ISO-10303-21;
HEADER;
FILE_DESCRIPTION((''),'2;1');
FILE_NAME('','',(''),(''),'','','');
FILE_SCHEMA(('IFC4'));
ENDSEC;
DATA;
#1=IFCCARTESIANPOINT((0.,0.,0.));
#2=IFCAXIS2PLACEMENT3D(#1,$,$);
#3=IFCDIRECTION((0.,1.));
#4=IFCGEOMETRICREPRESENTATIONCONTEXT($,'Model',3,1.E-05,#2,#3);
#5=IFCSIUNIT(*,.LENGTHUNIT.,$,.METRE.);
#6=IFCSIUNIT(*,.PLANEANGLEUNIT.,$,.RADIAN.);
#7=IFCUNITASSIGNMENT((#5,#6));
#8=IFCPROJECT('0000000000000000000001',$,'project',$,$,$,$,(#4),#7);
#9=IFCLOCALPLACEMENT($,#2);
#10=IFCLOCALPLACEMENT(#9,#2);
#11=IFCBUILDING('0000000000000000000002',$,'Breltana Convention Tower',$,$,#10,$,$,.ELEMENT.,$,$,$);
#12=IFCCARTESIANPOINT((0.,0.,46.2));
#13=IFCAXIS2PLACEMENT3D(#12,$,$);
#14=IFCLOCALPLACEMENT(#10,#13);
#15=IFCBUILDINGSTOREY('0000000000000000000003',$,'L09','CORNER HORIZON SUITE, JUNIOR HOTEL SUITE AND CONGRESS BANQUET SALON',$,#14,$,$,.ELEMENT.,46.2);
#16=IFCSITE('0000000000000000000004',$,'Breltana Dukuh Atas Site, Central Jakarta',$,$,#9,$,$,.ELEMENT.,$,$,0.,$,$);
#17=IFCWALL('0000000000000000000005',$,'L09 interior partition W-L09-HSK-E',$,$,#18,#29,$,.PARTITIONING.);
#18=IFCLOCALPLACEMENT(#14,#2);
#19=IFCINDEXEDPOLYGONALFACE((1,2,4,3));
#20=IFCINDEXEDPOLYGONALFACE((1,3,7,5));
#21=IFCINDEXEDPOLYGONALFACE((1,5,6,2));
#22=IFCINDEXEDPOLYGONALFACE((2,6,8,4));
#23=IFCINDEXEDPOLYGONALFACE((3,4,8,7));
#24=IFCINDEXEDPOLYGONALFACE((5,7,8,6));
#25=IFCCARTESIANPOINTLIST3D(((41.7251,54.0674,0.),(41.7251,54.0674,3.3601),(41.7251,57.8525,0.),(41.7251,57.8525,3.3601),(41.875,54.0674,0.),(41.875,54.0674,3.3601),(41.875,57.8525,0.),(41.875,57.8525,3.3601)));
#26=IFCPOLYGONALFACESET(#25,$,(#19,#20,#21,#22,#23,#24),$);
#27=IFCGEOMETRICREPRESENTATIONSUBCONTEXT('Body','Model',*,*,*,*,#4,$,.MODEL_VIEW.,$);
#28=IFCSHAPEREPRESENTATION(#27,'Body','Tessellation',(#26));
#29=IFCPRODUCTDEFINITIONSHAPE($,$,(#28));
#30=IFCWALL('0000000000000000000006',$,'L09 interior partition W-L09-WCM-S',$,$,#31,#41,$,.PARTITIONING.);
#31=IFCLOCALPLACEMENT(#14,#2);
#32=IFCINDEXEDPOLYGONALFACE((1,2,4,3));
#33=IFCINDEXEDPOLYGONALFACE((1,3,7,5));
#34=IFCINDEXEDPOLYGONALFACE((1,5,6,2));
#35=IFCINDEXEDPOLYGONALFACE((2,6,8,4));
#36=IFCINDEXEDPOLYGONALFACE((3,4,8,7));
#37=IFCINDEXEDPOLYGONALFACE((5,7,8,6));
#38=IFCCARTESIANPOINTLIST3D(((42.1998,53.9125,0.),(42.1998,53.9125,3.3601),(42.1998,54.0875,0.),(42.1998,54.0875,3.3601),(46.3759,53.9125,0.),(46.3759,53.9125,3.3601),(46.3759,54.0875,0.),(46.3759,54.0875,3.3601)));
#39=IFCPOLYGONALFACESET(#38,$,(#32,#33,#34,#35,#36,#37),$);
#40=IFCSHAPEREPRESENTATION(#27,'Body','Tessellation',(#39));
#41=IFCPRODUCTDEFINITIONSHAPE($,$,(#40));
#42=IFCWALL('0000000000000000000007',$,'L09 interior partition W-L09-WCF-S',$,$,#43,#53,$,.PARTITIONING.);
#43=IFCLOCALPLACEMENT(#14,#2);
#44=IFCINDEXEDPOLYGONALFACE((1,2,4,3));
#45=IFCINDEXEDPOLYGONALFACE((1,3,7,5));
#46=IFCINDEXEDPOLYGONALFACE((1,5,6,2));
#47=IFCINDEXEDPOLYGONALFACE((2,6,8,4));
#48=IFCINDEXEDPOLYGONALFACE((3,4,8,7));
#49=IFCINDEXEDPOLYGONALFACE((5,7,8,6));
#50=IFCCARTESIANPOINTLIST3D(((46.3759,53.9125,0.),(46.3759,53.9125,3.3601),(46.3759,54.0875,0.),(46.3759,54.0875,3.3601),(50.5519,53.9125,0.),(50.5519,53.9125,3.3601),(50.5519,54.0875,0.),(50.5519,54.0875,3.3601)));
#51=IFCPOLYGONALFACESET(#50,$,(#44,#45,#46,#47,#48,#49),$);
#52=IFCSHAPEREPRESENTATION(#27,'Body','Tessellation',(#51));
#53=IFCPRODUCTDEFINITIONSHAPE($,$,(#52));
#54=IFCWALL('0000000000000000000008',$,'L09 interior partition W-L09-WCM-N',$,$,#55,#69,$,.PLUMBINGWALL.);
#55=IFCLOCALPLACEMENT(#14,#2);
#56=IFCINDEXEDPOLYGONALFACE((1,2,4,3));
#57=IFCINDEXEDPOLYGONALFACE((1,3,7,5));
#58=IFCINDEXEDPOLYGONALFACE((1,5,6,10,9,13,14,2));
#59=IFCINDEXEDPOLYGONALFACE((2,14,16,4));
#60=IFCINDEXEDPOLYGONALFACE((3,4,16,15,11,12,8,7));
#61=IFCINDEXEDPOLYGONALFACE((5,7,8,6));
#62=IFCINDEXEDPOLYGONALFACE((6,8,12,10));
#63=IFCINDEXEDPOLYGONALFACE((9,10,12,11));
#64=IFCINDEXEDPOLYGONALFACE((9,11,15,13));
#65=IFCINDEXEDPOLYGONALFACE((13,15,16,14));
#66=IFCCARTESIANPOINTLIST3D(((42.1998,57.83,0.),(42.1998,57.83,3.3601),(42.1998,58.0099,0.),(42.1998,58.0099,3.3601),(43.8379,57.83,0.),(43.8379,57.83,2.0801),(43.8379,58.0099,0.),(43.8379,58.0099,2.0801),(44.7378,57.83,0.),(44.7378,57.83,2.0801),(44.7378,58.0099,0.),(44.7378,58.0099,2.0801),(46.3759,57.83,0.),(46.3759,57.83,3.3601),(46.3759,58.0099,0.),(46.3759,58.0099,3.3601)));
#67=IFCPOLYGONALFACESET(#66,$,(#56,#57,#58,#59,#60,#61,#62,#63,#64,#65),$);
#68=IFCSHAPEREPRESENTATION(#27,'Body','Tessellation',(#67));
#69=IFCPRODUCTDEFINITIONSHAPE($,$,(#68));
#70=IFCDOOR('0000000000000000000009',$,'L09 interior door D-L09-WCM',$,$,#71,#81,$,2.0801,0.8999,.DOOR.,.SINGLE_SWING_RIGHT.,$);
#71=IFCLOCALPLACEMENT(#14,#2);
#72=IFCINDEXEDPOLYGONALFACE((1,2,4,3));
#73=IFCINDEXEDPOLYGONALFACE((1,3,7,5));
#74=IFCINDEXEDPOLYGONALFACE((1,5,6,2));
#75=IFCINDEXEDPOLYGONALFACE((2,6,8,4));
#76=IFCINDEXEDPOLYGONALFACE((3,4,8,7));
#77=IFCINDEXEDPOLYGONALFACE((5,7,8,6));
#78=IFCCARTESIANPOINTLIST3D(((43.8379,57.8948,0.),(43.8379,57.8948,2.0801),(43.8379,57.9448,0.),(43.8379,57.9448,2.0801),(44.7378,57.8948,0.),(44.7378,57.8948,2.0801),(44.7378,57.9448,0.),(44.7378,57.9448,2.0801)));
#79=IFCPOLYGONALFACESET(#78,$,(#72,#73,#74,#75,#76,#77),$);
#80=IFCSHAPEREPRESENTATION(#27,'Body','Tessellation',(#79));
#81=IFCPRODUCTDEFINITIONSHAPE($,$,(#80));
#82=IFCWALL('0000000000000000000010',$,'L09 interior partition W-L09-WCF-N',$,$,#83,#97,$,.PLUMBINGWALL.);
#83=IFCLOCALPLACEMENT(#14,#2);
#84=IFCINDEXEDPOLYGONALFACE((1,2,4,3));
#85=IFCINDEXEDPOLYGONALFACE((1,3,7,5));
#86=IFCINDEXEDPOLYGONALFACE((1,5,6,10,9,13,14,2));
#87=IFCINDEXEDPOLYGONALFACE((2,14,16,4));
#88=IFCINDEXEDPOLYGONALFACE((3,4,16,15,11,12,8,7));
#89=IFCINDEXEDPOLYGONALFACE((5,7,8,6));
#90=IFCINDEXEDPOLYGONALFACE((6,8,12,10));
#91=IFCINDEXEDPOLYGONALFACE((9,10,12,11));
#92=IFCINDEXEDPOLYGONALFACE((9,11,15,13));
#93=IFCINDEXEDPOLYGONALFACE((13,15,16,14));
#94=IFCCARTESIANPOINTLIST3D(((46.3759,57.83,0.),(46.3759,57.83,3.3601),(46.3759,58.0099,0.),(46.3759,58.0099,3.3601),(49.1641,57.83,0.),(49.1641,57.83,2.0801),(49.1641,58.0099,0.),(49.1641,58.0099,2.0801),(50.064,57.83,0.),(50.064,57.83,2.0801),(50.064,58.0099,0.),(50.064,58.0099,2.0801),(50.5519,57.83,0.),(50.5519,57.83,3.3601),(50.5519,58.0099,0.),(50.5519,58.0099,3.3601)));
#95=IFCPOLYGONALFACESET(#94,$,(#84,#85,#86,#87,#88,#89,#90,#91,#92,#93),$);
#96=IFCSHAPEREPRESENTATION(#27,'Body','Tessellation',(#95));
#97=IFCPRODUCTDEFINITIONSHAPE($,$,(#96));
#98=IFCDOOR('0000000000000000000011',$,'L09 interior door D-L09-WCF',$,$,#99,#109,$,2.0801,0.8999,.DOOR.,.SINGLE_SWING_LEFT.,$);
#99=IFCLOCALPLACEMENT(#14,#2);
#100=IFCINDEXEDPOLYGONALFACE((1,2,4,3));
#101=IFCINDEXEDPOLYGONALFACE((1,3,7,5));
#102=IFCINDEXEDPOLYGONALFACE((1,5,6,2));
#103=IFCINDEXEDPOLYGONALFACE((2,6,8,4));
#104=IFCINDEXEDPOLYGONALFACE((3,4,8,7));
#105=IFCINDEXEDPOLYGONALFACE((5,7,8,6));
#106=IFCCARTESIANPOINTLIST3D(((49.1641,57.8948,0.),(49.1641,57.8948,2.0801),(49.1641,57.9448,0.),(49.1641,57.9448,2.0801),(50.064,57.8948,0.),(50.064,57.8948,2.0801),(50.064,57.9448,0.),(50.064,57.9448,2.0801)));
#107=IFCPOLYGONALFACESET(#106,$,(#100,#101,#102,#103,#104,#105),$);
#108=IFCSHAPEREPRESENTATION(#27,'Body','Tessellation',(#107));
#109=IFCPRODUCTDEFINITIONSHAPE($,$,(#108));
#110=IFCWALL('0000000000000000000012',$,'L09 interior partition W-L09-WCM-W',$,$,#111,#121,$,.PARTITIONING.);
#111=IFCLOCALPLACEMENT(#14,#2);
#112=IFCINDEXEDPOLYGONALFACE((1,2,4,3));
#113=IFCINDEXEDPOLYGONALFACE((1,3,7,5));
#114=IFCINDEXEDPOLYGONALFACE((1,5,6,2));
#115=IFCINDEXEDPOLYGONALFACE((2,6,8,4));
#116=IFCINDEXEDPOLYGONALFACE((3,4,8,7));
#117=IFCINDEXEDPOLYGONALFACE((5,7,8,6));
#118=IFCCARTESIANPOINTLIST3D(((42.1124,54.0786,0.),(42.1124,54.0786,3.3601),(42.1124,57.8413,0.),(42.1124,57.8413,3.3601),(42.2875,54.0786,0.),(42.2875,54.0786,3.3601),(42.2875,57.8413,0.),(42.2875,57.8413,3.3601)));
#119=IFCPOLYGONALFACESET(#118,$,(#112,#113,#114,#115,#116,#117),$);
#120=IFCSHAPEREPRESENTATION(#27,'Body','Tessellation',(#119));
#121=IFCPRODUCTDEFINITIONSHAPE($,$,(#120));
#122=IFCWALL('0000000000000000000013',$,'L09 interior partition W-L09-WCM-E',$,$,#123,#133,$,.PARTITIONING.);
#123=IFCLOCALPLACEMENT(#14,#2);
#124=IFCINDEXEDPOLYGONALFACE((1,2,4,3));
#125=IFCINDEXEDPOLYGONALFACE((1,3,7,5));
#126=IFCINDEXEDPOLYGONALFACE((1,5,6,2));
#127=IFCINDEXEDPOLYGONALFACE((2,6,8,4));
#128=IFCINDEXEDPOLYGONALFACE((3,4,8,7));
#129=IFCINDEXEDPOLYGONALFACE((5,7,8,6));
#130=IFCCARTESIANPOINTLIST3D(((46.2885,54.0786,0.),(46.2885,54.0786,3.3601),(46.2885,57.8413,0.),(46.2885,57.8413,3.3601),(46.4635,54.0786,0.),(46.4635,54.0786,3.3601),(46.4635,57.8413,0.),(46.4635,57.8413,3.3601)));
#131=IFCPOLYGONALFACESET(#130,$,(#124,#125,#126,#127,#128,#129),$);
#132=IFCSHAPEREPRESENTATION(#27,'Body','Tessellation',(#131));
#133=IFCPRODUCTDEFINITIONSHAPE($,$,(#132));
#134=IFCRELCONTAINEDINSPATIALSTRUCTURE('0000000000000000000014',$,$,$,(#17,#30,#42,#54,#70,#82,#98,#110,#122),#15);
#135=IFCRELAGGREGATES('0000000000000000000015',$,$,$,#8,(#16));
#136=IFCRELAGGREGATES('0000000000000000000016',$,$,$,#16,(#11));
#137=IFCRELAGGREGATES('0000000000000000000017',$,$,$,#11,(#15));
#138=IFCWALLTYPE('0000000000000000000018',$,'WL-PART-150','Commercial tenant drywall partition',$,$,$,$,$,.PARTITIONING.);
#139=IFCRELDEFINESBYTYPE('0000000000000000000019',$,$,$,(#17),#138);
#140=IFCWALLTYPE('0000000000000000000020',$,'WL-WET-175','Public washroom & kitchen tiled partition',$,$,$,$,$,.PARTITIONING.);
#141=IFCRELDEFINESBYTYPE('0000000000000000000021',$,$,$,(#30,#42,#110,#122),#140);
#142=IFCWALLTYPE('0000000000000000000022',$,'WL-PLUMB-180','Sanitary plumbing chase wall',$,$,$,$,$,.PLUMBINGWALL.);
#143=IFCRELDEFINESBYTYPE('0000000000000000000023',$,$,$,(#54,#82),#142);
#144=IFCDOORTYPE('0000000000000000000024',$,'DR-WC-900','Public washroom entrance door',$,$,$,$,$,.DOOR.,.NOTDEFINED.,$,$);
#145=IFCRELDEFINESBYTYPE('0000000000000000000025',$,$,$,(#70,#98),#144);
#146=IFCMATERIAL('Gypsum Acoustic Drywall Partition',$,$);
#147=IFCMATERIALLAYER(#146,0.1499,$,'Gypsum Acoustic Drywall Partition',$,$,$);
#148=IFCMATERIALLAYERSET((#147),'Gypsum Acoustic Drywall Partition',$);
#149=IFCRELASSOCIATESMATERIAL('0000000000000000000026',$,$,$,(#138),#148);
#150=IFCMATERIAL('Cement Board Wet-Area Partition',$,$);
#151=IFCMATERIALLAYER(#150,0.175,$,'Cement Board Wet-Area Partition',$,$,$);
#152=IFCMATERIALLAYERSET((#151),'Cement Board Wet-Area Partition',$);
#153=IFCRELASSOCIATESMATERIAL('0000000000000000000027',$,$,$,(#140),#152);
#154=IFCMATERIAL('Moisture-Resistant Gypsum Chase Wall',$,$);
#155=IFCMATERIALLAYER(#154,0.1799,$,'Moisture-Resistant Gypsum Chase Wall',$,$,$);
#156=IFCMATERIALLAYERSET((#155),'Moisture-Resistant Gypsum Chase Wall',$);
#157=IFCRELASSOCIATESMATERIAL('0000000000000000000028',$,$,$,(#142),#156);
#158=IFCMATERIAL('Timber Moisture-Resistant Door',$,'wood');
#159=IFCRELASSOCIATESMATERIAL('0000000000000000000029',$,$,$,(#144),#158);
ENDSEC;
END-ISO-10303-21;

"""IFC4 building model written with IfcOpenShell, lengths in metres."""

from ifc_helpers import new_model, si_unit, direction, frame, frame_2d, origin, place, context, subcontext, project, spatial, rectangle, extrude, source, transform, mapped, material, layer, layer_set, type_object, type_shapes, element, fill, save


model = new_model("IFC4")

# Units and contexts
model_context = context("Model", 3, precision=1e-05, world=origin(), true_north=direction((0.0, 1.0)))
body_context = subcontext(model_context, "Body", "Model", "MODEL_VIEW")
ifc_project = project(units=[si_unit("LENGTHUNIT", "METRE"), si_unit("PLANEANGLEUNIT", "RADIAN")], contexts=[model_context])

# Site, building, storey
site_placement = place(None, origin())
site = spatial("IfcSite", under=ifc_project, at=site_placement, Name="Breltana Dukuh Atas Site, Central Jakarta", CompositionType="ELEMENT", RefElevation=0.0)
building_placement = place(site_placement, origin())
building = spatial("IfcBuilding", under=site, at=building_placement, Name="Breltana Convention Tower", CompositionType="ELEMENT")
storey_placement = place(building_placement, frame((0.0, 0.0, 46.2)))
storey = spatial("IfcBuildingStorey", under=building, at=storey_placement, Name="L09", Description="CORNER HORIZON SUITE, JUNIOR HOTEL SUITE AND CONGRESS BANQUET SALON", CompositionType="ELEMENT", Elevation=46.2)

# Walls
ifc_material_1 = material(Name="Gypsum Acoustic Drywall Partition")
ifc_layer_1 = layer(ifc_material_1, 0.1499, Name="Gypsum Acoustic Drywall Partition")
ifc_layer_set_1 = layer_set([ifc_layer_1], Name="Gypsum Acoustic Drywall Partition")
wall_type_1 = type_object("IfcWallType", Name="WL-PART-150", Description="Commercial tenant drywall partition", PredefinedType="PARTITIONING", material=ifc_layer_set_1)
shared_shape_1 = source(origin(), body_context, "Body", "SweptSolid", [
    extrude(rectangle(XDim=3.7852, YDim=0.1499, at=frame_2d((1.8926, 0.0))), origin(), (0.0, 0.0, 1.0), 3.3601),
])
wall_1_placement = place(storey_placement, frame((41.8, 54.0674, 0.0), z_axis=(0.0, 0.0, 1.0), x_axis=(0.0, 1.0, 0.0)))
element("IfcWall", 1, at=wall_1_placement, inside=storey, type_object=wall_type_1, Name="L09 interior partition W-L09-HSK-E", PredefinedType="PARTITIONING", context=body_context, shape_type="MappedRepresentation", body=[
    mapped(shared_shape_1, transform((0.0, 0.0, 0.0), scale=1.0)),
])
ifc_material_2 = material(Name="Cement Board Wet-Area Partition")
ifc_layer_2 = layer(ifc_material_2, 0.175, Name="Cement Board Wet-Area Partition")
ifc_layer_set_2 = layer_set([ifc_layer_2], Name="Cement Board Wet-Area Partition")
wall_type_2 = type_object("IfcWallType", Name="WL-WET-175", Description="Public washroom & kitchen tiled partition", PredefinedType="PARTITIONING", material=ifc_layer_set_2)
shared_shape_2 = source(origin(), body_context, "Body", "SweptSolid", [
    extrude(rectangle(XDim=4.176, YDim=0.175, at=frame_2d((2.0879, 0.0))), origin(), (0.0, 0.0, 1.0), 3.3601),
])
for number, where, z_axis, x_axis, name in (
    (2, (42.2, 54.0, 0.0), (0.0, 0.0, 1.0), (1.0, 0.0, 0.0), "L09 interior partition W-L09-WCM-S"),
    (3, (46.376, 54.0, 0.0), (0.0, 0.0, 1.0), (1.0, 0.0, 0.0), "L09 interior partition W-L09-WCF-S"),
):
    element("IfcWall", number, at=place(storey_placement, frame(where, z_axis=z_axis, x_axis=x_axis)), inside=storey, type_object=wall_type_2, Name=name, PredefinedType="PARTITIONING", context=body_context, shape_type="MappedRepresentation", body=[
        mapped(shared_shape_2, transform((0.0, 0.0, 0.0), scale=1.0)),
    ])

# Walls, openings, doors
ifc_material_3 = material(Name="Moisture-Resistant Gypsum Chase Wall")
ifc_layer_3 = layer(ifc_material_3, 0.1799, Name="Moisture-Resistant Gypsum Chase Wall")
ifc_layer_set_3 = layer_set([ifc_layer_3], Name="Moisture-Resistant Gypsum Chase Wall")
wall_type_3 = type_object("IfcWallType", Name="WL-PLUMB-180", Description="Sanitary plumbing chase wall", PredefinedType="PLUMBINGWALL", material=ifc_layer_set_3)
shared_shape_3 = source(origin(), body_context, "Body", "SweptSolid", [
    extrude(rectangle(XDim=4.176, YDim=0.1799, at=frame_2d((2.0879, 0.0))), origin(), (0.0, 0.0, 1.0), 3.3601),
])
wall_2_placement = place(storey_placement, frame((42.2, 57.9199, 0.0), z_axis=(0.0, 0.0, 1.0), x_axis=(1.0, 0.0, 0.0)))
wall_2 = element("IfcWall", 4, at=wall_2_placement, inside=storey, type_object=wall_type_3, Name="L09 interior partition W-L09-WCM-N", PredefinedType="PLUMBINGWALL", context=body_context, shape_type="MappedRepresentation", body=[
    mapped(shared_shape_3, transform((0.0, 0.0, 0.0), scale=1.0)),
])
opening_1_placement = place(wall_2_placement, frame((1.6379, 0.0, 0.0)))
opening_1 = element("IfcOpeningElement", 5, at=opening_1_placement, cuts=wall_2, PredefinedType="OPENING", context=body_context, shape_type="SweptSolid", body=[
    extrude(rectangle(XDim=0.8999, YDim=2.0801, at=frame_2d((0.45, 1.04))), frame((0.0, 0.1001, 0.0), z_axis=(0.0, -1.0, 0.0), x_axis=(1.0, 0.0, 0.0)), (0.0, 0.0, 1.0), 0.2),
])
ifc_material_4 = material(Name="Timber Moisture-Resistant Door", Category="wood")
door_type = type_object("IfcDoorType", Name="DR-WC-900", Description="Public washroom entrance door", OperationType="NOTDEFINED", PredefinedType="DOOR", material=ifc_material_4)
shared_shape_4 = source(origin(), body_context, "Body", "SweptSolid", [
    extrude(rectangle(XDim=0.8999, YDim=2.0801, at=frame_2d((0.45, 1.04))), frame((0.0, 0.0249, 0.0), z_axis=(0.0, -1.0, 0.0), x_axis=(1.0, 0.0, 0.0)), (0.0, 0.0, 1.0), 0.05),
])
type_shapes(door_type, [shared_shape_4])
door_1_placement = place(opening_1_placement, origin())
door_1 = element("IfcDoor", 6, at=door_1_placement, inside=storey, type_object=door_type, Name="L09 interior door D-L09-WCM", OperationType="SINGLE_SWING_RIGHT", OverallHeight=2.0801, OverallWidth=0.8999, PredefinedType="DOOR", context=body_context, shape_type="MappedRepresentation", body=[
    mapped(shared_shape_4, transform((0.0, 0.0, 0.0), scale=1.0)),
])
fill(opening_1, door_1)
wall_3_placement = place(storey_placement, frame((46.376, 57.9199, 0.0), z_axis=(0.0, 0.0, 1.0), x_axis=(1.0, 0.0, 0.0)))
wall_3 = element("IfcWall", 7, at=wall_3_placement, inside=storey, type_object=wall_type_3, Name="L09 interior partition W-L09-WCF-N", PredefinedType="PLUMBINGWALL", context=body_context, shape_type="MappedRepresentation", body=[
    mapped(shared_shape_3, transform((0.0, 0.0, 0.0), scale=1.0)),
])
opening_2_placement = place(wall_3_placement, frame((2.7881, 0.0, 0.0)))
opening_2 = element("IfcOpeningElement", 8, at=opening_2_placement, cuts=wall_3, PredefinedType="OPENING", context=body_context, shape_type="SweptSolid", body=[
    extrude(rectangle(XDim=0.8999, YDim=2.0801, at=frame_2d((0.45, 1.04))), frame((0.0, 0.1001, 0.0), z_axis=(0.0, -1.0, 0.0), x_axis=(1.0, 0.0, 0.0)), (0.0, 0.0, 1.0), 0.2),
])
door_2_placement = place(opening_2_placement, origin())
door_2 = element("IfcDoor", 9, at=door_2_placement, inside=storey, type_object=door_type, Name="L09 interior door D-L09-WCF", OperationType="SINGLE_SWING_LEFT", OverallHeight=2.0801, OverallWidth=0.8999, PredefinedType="DOOR", context=body_context, shape_type="MappedRepresentation", body=[
    mapped(shared_shape_4, transform((0.0, 0.0, 0.0), scale=1.0)),
])
fill(opening_2, door_2)

# Walls
shared_shape_5 = source(origin(), body_context, "Body", "SweptSolid", [
    extrude(rectangle(XDim=3.7627, YDim=0.175, at=frame_2d((1.8813, 0.0))), origin(), (0.0, 0.0, 1.0), 3.3601),
])
for number, where, z_axis, x_axis, name in (
    (10, (42.2, 54.0786, 0.0), (0.0, 0.0, 1.0), (0.0, 1.0, 0.0), "L09 interior partition W-L09-WCM-W"),
    (11, (46.376, 54.0786, 0.0), (0.0, 0.0, 1.0), (0.0, 1.0, 0.0), "L09 interior partition W-L09-WCM-E"),
):
    element("IfcWall", number, at=place(storey_placement, frame(where, z_axis=z_axis, x_axis=x_axis)), inside=storey, type_object=wall_type_2, Name=name, PredefinedType="PARTITIONING", context=body_context, shape_type="MappedRepresentation", body=[
        mapped(shared_shape_5, transform((0.0, 0.0, 0.0), scale=1.0)),
    ])

save(model, "model.ifc")
